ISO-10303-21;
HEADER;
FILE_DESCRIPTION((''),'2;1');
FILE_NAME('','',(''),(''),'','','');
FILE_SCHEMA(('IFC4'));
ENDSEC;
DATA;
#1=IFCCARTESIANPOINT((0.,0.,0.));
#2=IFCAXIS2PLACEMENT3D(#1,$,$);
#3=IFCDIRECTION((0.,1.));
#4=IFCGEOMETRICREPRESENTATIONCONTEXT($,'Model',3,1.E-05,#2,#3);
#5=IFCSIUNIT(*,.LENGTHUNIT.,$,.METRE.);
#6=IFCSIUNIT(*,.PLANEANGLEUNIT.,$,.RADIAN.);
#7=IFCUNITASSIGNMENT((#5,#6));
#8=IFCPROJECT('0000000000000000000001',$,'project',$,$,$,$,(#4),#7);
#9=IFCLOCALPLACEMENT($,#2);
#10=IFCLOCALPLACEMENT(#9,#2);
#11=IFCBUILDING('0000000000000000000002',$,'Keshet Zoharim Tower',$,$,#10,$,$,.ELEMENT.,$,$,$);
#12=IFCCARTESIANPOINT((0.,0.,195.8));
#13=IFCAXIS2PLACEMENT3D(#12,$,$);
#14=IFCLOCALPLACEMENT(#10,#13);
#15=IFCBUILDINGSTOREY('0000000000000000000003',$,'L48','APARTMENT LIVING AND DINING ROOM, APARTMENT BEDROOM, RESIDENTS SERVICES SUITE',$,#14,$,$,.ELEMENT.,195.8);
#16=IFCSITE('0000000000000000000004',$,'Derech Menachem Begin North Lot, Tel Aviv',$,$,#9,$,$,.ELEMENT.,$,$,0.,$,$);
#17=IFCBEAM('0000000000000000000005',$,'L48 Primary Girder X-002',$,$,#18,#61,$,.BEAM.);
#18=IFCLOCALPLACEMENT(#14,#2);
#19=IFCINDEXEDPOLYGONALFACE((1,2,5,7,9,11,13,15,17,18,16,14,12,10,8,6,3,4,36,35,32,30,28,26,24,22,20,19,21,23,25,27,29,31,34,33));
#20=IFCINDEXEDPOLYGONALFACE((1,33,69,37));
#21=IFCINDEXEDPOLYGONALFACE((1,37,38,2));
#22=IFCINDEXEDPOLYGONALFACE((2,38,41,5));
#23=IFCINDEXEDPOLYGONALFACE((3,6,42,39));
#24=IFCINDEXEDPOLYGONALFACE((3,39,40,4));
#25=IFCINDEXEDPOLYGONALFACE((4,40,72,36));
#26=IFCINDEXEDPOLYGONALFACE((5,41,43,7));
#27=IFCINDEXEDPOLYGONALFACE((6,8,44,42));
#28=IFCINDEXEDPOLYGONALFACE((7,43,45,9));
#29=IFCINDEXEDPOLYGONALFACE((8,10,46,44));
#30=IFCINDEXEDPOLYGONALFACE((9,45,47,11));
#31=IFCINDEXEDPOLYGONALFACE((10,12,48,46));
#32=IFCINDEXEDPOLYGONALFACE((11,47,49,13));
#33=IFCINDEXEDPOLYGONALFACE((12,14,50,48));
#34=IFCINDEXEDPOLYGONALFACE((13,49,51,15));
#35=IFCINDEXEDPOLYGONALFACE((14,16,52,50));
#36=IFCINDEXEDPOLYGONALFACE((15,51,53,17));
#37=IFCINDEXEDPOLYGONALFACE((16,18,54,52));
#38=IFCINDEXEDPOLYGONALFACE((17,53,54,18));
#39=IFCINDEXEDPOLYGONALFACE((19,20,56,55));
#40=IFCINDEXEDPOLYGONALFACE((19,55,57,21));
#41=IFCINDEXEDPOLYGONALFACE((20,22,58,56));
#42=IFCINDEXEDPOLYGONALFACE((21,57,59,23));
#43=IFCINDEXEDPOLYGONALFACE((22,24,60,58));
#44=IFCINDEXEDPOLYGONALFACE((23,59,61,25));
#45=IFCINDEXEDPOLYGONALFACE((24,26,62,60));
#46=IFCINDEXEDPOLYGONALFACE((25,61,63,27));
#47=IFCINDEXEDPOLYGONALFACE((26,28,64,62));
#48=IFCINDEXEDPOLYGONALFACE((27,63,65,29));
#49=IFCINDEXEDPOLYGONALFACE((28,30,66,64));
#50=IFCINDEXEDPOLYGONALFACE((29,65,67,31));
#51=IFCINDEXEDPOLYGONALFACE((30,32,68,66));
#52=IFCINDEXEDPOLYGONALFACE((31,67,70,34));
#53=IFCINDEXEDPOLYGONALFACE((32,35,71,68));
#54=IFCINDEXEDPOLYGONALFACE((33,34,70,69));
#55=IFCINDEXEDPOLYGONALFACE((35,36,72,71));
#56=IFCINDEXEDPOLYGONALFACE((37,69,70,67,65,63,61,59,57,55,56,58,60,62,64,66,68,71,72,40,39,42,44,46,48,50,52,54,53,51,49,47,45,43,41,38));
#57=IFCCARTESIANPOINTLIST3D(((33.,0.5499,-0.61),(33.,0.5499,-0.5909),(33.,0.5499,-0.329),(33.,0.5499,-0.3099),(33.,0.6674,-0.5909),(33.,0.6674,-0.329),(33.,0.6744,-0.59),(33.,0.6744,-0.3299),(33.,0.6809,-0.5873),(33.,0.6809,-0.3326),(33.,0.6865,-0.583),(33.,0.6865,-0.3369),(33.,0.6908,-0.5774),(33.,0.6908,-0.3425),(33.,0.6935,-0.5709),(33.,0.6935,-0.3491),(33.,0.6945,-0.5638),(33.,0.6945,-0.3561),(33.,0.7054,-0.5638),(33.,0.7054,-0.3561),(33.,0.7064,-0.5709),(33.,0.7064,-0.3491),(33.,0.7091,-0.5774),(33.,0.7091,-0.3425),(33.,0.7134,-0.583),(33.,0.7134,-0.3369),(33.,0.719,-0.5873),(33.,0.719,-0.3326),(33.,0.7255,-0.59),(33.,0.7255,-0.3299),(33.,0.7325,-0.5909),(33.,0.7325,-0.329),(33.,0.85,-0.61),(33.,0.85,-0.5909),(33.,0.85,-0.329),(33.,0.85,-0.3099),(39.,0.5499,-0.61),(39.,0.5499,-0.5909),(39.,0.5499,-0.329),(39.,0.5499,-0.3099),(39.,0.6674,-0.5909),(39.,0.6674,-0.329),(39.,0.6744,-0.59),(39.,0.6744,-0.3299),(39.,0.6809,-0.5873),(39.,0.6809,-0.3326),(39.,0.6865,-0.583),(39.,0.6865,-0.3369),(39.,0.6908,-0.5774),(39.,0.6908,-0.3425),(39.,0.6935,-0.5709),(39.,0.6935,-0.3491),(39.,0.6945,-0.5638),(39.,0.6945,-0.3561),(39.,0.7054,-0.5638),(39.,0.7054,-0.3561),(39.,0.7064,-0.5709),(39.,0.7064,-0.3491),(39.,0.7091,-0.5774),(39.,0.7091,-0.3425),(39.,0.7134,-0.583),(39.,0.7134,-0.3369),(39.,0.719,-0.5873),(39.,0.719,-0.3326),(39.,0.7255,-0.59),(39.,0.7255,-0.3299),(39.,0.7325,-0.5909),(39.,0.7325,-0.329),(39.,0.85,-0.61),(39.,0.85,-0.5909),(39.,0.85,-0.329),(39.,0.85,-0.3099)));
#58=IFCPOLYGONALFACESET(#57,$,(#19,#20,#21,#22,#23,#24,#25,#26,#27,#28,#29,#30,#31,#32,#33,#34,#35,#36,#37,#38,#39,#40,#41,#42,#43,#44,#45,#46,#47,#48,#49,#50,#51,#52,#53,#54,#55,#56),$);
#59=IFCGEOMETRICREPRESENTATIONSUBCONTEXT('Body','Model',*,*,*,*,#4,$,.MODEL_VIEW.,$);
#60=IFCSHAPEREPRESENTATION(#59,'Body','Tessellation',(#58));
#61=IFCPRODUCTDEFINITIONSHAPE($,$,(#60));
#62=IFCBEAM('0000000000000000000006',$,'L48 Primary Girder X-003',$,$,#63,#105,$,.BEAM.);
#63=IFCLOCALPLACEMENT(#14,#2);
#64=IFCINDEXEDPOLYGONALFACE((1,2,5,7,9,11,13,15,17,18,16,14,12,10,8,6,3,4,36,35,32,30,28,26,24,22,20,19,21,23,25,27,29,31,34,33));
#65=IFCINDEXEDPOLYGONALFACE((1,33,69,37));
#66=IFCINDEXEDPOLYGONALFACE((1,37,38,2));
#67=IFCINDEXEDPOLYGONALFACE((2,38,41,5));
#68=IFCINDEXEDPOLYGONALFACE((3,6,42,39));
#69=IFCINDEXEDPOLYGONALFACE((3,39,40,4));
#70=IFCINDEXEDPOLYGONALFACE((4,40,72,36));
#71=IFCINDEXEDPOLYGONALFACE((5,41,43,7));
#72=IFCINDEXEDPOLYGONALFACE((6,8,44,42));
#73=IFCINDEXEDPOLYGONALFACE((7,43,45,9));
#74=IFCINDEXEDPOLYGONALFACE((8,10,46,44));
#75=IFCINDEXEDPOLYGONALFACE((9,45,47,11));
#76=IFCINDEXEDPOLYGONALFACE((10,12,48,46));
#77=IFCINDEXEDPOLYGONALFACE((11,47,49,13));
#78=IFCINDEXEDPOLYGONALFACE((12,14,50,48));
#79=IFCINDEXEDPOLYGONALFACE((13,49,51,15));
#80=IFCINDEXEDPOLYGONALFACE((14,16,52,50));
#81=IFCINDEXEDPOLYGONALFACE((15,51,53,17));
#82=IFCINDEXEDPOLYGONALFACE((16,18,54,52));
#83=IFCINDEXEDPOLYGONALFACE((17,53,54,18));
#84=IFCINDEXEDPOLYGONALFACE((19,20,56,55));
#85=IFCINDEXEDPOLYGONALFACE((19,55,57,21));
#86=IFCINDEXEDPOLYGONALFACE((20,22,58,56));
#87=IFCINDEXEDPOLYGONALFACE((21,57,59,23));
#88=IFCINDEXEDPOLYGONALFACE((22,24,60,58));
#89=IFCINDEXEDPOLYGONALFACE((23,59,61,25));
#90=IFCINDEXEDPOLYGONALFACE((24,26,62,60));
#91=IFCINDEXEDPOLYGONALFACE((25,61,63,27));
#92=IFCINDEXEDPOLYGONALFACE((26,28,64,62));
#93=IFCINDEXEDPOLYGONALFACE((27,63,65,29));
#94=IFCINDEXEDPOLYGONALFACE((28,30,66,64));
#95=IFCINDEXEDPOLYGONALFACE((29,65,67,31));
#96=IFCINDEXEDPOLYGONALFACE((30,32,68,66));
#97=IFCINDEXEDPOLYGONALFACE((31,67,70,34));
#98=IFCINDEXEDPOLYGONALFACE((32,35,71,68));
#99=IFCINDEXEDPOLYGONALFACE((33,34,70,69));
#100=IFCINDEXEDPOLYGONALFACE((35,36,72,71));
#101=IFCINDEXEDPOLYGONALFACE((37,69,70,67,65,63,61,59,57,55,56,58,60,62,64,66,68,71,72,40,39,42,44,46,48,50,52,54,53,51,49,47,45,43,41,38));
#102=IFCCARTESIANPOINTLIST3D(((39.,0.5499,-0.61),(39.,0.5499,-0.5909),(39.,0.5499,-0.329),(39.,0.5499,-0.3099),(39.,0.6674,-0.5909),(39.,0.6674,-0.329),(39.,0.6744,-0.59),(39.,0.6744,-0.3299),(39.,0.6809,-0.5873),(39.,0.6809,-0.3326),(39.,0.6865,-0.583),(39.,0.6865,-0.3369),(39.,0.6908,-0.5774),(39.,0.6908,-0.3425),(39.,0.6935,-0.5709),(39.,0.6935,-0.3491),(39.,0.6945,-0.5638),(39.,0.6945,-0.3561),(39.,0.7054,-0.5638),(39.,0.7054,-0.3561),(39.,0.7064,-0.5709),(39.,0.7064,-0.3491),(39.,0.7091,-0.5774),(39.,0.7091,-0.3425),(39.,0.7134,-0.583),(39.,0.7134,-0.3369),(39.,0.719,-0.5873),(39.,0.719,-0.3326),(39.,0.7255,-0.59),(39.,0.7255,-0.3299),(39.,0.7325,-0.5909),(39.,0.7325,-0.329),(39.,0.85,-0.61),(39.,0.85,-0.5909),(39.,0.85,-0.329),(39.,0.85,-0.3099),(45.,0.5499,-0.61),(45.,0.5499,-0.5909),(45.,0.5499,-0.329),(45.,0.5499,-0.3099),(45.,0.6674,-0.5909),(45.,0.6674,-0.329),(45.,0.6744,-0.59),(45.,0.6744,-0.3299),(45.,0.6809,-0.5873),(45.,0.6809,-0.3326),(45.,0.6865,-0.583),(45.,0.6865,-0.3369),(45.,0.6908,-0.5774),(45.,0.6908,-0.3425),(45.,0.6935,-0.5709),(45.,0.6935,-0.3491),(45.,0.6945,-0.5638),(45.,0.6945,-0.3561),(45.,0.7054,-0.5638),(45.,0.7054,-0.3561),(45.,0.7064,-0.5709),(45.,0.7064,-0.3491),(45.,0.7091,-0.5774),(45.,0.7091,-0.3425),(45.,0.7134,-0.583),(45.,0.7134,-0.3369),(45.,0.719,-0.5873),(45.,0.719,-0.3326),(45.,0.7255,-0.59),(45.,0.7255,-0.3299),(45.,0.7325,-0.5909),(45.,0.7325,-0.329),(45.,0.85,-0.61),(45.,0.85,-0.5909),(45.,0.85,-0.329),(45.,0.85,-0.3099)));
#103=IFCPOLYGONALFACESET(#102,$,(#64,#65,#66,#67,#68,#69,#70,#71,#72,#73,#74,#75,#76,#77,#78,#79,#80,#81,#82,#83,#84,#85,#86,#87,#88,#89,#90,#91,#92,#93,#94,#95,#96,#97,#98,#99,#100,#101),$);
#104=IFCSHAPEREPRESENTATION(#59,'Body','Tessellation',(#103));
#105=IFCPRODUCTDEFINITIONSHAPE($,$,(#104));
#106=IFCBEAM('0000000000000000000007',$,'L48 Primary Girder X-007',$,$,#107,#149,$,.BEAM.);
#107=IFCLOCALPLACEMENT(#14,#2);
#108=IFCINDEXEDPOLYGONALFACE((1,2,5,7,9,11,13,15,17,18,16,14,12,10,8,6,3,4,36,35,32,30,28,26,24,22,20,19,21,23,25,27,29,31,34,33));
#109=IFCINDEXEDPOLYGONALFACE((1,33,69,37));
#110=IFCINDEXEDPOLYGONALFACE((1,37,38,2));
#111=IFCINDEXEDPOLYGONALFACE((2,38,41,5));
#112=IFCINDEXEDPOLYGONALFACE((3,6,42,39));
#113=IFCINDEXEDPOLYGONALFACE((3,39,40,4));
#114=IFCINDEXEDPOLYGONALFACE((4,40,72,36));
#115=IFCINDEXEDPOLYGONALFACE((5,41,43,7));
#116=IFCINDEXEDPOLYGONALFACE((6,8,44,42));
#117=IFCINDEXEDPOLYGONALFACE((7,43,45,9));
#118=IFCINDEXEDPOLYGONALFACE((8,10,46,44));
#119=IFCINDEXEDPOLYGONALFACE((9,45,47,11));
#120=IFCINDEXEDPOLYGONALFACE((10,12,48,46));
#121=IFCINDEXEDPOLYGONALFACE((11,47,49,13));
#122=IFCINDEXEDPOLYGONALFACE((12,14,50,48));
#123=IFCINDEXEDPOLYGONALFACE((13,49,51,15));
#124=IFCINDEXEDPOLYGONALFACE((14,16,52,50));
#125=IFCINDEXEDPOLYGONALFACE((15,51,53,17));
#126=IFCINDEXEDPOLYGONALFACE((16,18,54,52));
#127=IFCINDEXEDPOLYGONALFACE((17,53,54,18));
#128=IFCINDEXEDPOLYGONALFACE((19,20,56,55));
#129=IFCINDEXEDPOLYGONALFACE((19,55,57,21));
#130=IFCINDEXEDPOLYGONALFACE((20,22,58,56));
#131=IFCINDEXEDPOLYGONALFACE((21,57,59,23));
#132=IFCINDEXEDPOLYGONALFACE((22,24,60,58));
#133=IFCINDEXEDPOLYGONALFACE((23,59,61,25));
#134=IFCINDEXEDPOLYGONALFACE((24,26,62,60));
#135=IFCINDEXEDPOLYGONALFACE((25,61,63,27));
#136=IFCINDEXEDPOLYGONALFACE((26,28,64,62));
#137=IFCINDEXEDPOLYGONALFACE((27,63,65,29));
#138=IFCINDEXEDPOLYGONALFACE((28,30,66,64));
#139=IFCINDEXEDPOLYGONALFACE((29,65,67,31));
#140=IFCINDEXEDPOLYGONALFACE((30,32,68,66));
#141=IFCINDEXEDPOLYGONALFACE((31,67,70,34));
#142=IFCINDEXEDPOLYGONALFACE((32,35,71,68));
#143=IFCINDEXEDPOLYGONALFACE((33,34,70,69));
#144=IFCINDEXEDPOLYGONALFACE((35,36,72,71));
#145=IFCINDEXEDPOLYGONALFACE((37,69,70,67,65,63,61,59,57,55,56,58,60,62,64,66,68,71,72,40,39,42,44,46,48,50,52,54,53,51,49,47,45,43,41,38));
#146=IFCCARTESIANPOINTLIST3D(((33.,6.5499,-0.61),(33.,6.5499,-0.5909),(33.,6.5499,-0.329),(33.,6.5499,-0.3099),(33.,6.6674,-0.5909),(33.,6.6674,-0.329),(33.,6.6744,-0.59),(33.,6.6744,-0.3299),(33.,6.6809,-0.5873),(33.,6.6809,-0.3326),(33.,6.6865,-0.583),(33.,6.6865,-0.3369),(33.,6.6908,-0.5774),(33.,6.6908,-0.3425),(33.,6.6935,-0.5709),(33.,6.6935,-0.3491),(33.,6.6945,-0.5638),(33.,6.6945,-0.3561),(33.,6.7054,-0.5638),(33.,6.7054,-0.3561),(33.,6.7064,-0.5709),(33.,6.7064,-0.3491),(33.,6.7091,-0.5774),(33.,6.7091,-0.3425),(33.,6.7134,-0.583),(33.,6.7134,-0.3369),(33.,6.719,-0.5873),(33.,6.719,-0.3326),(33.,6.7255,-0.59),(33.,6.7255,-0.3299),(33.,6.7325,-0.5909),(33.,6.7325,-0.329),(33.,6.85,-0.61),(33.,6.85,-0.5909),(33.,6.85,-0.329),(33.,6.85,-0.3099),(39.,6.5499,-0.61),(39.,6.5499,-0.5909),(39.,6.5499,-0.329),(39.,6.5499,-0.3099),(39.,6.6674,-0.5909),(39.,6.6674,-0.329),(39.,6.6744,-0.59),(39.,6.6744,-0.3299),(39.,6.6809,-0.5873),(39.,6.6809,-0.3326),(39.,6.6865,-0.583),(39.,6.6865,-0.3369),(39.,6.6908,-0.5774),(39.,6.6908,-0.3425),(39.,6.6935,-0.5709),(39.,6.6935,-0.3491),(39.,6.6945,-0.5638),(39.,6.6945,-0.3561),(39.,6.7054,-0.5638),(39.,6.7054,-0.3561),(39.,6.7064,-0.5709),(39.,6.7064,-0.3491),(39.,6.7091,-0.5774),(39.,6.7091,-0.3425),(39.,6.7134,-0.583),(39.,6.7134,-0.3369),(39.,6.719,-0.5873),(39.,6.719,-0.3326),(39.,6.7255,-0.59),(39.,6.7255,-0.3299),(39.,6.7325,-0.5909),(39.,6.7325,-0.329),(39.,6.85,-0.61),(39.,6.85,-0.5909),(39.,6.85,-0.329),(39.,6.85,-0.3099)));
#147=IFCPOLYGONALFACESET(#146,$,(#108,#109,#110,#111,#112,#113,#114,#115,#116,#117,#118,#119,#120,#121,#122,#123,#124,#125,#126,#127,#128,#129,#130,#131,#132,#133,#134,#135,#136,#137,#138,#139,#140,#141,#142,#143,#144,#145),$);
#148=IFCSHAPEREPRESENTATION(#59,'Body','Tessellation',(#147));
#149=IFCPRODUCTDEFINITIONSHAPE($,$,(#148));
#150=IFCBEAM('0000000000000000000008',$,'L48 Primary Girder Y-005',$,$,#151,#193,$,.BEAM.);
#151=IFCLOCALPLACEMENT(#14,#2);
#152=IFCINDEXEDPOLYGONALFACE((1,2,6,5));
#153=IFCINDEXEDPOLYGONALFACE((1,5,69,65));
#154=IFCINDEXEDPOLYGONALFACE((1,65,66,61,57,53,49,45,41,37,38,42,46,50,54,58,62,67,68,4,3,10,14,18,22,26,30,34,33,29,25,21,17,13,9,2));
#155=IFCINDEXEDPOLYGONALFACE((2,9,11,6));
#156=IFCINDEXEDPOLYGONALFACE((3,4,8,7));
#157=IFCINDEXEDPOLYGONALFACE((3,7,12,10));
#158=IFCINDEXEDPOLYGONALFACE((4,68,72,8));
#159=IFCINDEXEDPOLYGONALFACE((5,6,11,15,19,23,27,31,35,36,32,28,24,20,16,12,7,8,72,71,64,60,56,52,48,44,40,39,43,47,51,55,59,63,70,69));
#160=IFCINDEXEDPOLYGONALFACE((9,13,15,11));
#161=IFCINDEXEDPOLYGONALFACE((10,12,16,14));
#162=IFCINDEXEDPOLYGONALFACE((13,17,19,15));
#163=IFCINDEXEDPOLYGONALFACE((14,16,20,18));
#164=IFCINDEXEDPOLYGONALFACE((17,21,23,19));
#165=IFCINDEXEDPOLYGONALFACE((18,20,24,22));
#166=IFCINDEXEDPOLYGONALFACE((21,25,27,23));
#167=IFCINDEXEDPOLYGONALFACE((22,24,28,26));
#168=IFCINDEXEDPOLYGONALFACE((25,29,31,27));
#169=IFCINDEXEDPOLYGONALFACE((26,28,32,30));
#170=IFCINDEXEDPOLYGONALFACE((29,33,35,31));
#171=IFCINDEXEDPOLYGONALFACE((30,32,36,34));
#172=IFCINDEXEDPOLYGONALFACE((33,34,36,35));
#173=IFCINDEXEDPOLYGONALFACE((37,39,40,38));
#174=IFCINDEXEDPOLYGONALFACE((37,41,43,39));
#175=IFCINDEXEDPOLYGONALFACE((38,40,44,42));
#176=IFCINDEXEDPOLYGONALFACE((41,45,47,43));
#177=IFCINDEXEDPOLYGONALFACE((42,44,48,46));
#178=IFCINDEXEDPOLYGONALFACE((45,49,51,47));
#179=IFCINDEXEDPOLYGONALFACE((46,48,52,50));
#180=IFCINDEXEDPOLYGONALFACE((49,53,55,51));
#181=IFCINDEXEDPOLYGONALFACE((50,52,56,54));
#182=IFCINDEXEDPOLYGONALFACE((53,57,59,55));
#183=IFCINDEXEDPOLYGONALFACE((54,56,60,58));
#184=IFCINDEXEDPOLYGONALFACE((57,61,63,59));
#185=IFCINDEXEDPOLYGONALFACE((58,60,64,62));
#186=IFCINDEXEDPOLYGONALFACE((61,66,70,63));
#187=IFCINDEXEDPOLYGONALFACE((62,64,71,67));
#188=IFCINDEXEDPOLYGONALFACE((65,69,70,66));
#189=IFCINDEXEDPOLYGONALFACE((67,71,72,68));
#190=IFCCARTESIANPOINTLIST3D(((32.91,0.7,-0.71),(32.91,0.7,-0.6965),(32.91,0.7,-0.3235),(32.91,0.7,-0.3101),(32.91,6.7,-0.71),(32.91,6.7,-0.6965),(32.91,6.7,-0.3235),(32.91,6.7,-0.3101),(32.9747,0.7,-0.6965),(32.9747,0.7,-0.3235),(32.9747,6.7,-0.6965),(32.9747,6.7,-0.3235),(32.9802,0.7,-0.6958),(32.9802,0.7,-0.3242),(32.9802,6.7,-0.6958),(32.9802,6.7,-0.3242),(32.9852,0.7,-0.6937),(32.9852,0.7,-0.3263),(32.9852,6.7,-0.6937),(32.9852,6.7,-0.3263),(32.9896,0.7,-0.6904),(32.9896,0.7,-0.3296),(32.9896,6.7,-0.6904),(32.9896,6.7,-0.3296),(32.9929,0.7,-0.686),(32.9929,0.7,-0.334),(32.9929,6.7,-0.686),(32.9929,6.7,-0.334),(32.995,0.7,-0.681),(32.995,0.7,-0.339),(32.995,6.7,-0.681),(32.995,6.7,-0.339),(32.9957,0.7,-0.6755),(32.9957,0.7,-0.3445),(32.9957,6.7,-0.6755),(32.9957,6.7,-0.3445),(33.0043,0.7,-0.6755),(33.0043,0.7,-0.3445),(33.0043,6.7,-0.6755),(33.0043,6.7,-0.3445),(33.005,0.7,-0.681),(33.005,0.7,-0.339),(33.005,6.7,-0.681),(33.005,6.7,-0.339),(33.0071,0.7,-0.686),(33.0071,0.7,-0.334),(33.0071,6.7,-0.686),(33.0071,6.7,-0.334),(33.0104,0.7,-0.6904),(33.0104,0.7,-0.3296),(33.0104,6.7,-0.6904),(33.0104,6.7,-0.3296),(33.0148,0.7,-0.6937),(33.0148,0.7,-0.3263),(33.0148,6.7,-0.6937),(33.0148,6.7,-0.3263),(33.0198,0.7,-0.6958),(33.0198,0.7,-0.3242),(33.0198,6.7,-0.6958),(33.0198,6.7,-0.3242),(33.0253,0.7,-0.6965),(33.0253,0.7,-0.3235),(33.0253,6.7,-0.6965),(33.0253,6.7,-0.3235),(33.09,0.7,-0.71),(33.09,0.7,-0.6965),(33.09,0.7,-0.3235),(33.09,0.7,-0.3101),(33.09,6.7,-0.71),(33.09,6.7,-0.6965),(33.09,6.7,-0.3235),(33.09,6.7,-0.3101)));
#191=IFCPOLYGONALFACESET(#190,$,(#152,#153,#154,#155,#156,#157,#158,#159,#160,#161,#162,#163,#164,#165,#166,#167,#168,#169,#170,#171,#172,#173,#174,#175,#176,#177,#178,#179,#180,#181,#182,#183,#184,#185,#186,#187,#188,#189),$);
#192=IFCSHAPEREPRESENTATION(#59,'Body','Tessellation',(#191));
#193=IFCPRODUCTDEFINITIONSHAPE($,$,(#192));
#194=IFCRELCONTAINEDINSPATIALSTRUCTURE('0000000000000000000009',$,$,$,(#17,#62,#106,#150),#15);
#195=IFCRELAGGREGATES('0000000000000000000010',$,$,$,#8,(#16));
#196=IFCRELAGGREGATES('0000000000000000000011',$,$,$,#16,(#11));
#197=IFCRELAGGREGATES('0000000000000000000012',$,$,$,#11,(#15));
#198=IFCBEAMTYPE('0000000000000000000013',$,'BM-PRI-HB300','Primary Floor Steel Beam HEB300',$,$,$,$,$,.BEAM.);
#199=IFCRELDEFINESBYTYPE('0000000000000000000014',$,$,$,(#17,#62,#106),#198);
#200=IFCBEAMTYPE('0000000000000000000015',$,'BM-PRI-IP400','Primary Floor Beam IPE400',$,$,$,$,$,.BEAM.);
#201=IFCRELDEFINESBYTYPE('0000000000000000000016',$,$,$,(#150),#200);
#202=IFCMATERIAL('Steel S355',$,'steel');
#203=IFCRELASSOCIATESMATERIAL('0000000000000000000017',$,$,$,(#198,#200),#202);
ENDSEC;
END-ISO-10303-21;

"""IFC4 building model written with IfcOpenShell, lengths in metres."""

from ifc_helpers import new_model, si_unit, direction, frame, origin, origin_2d, place, context, subcontext, project, spatial, i_section, extrude, material, material_profile, profile_set, type_object, element, save


model = new_model("IFC4")

# Units and contexts
model_context = context("Model", 3, precision=1e-05, world=origin(), true_north=direction((0.0, 1.0)))
body_context = subcontext(model_context, "Body", "Model", "MODEL_VIEW")
ifc_project = project(units=[si_unit("LENGTHUNIT", "METRE"), si_unit("PLANEANGLEUNIT", "RADIAN")], contexts=[model_context])

# Site, building, storey
site_placement = place(None, origin())
site = spatial("IfcSite", under=ifc_project, at=site_placement, Name="Derech Menachem Begin North Lot, Tel Aviv", CompositionType="ELEMENT", RefElevation=0.0)
building_placement = place(site_placement, origin())
building = spatial("IfcBuilding", under=site, at=building_placement, Name="Keshet Zoharim Tower", CompositionType="ELEMENT")
storey_placement = place(building_placement, frame((0.0, 0.0, 195.8)))
storey = spatial("IfcBuildingStorey", under=building, at=storey_placement, Name="L48", Description="APARTMENT LIVING AND DINING ROOM, APARTMENT BEDROOM, RESIDENTS SERVICES SUITE", CompositionType="ELEMENT", Elevation=195.8)

# Shared definitions
ifc_material_1 = material(Name="Steel S355", Category="steel")

# Beams
ifc_material_profile_1 = material_profile(ifc_material_1, i_section(OverallWidth=0.3, OverallDepth=0.3, WebThickness=0.011, FlangeThickness=0.019, FilletRadius=0.0271, at=origin_2d()), Name="HEB300")
ifc_profile_set_1 = profile_set([ifc_material_profile_1], Name="Steel S355")
beam_type_1 = type_object("IfcBeamType", Name="BM-PRI-HB300", Description="Primary Floor Steel Beam HEB300", PredefinedType="BEAM", material=ifc_profile_set_1)
for number, where, z_axis, x_axis, name in (
    (1, (33.0, 0.7, -0.46), (1.0, 0.0, 0.0), (0.0, 1.0, 0.0), "L48 Primary Girder X-002"),
    (2, (39.0, 0.7, -0.46), (1.0, 0.0, 0.0), (0.0, 1.0, 0.0), "L48 Primary Girder X-003"),
    (3, (33.0, 6.7, -0.46), (1.0, 0.0, 0.0), (0.0, 1.0, 0.0), "L48 Primary Girder X-007"),
):
    element("IfcBeam", number, at=place(storey_placement, frame(where, z_axis=z_axis, x_axis=x_axis)), inside=storey, type_object=beam_type_1, Name=name, PredefinedType="BEAM", context=body_context, shape_type="SweptSolid", body=[
        extrude(i_section(OverallWidth=0.3, OverallDepth=0.3, WebThickness=0.011, FlangeThickness=0.019, FilletRadius=0.0271, at=origin_2d()), origin(), (0.0, 0.0, 1.0), 6.0),
    ])
ifc_material_profile_2 = material_profile(ifc_material_1, i_section(OverallWidth=0.1799, OverallDepth=0.3999, WebThickness=0.0085, FlangeThickness=0.0134, FilletRadius=0.021, at=origin_2d()), Name="IPE400")
ifc_profile_set_2 = profile_set([ifc_material_profile_2], Name="Steel S355")
beam_type_2 = type_object("IfcBeamType", Name="BM-PRI-IP400", Description="Primary Floor Beam IPE400", PredefinedType="BEAM", material=ifc_profile_set_2)
for number, where, z_axis, x_axis, name in (
    (4, (33.0, 0.7, -0.51), (0.0, 1.0, 0.0), (-1.0, 0.0, 0.0), "L48 Primary Girder Y-005"),
):
    element("IfcBeam", number, at=place(storey_placement, frame(where, z_axis=z_axis, x_axis=x_axis)), inside=storey, type_object=beam_type_2, Name=name, PredefinedType="BEAM", context=body_context, shape_type="SweptSolid", body=[
        extrude(i_section(OverallWidth=0.1799, OverallDepth=0.3999, WebThickness=0.0085, FlangeThickness=0.0134, FilletRadius=0.021, at=origin_2d()), origin(), (0.0, 0.0, 1.0), 6.0),
    ])

save(model, "model.ifc")
